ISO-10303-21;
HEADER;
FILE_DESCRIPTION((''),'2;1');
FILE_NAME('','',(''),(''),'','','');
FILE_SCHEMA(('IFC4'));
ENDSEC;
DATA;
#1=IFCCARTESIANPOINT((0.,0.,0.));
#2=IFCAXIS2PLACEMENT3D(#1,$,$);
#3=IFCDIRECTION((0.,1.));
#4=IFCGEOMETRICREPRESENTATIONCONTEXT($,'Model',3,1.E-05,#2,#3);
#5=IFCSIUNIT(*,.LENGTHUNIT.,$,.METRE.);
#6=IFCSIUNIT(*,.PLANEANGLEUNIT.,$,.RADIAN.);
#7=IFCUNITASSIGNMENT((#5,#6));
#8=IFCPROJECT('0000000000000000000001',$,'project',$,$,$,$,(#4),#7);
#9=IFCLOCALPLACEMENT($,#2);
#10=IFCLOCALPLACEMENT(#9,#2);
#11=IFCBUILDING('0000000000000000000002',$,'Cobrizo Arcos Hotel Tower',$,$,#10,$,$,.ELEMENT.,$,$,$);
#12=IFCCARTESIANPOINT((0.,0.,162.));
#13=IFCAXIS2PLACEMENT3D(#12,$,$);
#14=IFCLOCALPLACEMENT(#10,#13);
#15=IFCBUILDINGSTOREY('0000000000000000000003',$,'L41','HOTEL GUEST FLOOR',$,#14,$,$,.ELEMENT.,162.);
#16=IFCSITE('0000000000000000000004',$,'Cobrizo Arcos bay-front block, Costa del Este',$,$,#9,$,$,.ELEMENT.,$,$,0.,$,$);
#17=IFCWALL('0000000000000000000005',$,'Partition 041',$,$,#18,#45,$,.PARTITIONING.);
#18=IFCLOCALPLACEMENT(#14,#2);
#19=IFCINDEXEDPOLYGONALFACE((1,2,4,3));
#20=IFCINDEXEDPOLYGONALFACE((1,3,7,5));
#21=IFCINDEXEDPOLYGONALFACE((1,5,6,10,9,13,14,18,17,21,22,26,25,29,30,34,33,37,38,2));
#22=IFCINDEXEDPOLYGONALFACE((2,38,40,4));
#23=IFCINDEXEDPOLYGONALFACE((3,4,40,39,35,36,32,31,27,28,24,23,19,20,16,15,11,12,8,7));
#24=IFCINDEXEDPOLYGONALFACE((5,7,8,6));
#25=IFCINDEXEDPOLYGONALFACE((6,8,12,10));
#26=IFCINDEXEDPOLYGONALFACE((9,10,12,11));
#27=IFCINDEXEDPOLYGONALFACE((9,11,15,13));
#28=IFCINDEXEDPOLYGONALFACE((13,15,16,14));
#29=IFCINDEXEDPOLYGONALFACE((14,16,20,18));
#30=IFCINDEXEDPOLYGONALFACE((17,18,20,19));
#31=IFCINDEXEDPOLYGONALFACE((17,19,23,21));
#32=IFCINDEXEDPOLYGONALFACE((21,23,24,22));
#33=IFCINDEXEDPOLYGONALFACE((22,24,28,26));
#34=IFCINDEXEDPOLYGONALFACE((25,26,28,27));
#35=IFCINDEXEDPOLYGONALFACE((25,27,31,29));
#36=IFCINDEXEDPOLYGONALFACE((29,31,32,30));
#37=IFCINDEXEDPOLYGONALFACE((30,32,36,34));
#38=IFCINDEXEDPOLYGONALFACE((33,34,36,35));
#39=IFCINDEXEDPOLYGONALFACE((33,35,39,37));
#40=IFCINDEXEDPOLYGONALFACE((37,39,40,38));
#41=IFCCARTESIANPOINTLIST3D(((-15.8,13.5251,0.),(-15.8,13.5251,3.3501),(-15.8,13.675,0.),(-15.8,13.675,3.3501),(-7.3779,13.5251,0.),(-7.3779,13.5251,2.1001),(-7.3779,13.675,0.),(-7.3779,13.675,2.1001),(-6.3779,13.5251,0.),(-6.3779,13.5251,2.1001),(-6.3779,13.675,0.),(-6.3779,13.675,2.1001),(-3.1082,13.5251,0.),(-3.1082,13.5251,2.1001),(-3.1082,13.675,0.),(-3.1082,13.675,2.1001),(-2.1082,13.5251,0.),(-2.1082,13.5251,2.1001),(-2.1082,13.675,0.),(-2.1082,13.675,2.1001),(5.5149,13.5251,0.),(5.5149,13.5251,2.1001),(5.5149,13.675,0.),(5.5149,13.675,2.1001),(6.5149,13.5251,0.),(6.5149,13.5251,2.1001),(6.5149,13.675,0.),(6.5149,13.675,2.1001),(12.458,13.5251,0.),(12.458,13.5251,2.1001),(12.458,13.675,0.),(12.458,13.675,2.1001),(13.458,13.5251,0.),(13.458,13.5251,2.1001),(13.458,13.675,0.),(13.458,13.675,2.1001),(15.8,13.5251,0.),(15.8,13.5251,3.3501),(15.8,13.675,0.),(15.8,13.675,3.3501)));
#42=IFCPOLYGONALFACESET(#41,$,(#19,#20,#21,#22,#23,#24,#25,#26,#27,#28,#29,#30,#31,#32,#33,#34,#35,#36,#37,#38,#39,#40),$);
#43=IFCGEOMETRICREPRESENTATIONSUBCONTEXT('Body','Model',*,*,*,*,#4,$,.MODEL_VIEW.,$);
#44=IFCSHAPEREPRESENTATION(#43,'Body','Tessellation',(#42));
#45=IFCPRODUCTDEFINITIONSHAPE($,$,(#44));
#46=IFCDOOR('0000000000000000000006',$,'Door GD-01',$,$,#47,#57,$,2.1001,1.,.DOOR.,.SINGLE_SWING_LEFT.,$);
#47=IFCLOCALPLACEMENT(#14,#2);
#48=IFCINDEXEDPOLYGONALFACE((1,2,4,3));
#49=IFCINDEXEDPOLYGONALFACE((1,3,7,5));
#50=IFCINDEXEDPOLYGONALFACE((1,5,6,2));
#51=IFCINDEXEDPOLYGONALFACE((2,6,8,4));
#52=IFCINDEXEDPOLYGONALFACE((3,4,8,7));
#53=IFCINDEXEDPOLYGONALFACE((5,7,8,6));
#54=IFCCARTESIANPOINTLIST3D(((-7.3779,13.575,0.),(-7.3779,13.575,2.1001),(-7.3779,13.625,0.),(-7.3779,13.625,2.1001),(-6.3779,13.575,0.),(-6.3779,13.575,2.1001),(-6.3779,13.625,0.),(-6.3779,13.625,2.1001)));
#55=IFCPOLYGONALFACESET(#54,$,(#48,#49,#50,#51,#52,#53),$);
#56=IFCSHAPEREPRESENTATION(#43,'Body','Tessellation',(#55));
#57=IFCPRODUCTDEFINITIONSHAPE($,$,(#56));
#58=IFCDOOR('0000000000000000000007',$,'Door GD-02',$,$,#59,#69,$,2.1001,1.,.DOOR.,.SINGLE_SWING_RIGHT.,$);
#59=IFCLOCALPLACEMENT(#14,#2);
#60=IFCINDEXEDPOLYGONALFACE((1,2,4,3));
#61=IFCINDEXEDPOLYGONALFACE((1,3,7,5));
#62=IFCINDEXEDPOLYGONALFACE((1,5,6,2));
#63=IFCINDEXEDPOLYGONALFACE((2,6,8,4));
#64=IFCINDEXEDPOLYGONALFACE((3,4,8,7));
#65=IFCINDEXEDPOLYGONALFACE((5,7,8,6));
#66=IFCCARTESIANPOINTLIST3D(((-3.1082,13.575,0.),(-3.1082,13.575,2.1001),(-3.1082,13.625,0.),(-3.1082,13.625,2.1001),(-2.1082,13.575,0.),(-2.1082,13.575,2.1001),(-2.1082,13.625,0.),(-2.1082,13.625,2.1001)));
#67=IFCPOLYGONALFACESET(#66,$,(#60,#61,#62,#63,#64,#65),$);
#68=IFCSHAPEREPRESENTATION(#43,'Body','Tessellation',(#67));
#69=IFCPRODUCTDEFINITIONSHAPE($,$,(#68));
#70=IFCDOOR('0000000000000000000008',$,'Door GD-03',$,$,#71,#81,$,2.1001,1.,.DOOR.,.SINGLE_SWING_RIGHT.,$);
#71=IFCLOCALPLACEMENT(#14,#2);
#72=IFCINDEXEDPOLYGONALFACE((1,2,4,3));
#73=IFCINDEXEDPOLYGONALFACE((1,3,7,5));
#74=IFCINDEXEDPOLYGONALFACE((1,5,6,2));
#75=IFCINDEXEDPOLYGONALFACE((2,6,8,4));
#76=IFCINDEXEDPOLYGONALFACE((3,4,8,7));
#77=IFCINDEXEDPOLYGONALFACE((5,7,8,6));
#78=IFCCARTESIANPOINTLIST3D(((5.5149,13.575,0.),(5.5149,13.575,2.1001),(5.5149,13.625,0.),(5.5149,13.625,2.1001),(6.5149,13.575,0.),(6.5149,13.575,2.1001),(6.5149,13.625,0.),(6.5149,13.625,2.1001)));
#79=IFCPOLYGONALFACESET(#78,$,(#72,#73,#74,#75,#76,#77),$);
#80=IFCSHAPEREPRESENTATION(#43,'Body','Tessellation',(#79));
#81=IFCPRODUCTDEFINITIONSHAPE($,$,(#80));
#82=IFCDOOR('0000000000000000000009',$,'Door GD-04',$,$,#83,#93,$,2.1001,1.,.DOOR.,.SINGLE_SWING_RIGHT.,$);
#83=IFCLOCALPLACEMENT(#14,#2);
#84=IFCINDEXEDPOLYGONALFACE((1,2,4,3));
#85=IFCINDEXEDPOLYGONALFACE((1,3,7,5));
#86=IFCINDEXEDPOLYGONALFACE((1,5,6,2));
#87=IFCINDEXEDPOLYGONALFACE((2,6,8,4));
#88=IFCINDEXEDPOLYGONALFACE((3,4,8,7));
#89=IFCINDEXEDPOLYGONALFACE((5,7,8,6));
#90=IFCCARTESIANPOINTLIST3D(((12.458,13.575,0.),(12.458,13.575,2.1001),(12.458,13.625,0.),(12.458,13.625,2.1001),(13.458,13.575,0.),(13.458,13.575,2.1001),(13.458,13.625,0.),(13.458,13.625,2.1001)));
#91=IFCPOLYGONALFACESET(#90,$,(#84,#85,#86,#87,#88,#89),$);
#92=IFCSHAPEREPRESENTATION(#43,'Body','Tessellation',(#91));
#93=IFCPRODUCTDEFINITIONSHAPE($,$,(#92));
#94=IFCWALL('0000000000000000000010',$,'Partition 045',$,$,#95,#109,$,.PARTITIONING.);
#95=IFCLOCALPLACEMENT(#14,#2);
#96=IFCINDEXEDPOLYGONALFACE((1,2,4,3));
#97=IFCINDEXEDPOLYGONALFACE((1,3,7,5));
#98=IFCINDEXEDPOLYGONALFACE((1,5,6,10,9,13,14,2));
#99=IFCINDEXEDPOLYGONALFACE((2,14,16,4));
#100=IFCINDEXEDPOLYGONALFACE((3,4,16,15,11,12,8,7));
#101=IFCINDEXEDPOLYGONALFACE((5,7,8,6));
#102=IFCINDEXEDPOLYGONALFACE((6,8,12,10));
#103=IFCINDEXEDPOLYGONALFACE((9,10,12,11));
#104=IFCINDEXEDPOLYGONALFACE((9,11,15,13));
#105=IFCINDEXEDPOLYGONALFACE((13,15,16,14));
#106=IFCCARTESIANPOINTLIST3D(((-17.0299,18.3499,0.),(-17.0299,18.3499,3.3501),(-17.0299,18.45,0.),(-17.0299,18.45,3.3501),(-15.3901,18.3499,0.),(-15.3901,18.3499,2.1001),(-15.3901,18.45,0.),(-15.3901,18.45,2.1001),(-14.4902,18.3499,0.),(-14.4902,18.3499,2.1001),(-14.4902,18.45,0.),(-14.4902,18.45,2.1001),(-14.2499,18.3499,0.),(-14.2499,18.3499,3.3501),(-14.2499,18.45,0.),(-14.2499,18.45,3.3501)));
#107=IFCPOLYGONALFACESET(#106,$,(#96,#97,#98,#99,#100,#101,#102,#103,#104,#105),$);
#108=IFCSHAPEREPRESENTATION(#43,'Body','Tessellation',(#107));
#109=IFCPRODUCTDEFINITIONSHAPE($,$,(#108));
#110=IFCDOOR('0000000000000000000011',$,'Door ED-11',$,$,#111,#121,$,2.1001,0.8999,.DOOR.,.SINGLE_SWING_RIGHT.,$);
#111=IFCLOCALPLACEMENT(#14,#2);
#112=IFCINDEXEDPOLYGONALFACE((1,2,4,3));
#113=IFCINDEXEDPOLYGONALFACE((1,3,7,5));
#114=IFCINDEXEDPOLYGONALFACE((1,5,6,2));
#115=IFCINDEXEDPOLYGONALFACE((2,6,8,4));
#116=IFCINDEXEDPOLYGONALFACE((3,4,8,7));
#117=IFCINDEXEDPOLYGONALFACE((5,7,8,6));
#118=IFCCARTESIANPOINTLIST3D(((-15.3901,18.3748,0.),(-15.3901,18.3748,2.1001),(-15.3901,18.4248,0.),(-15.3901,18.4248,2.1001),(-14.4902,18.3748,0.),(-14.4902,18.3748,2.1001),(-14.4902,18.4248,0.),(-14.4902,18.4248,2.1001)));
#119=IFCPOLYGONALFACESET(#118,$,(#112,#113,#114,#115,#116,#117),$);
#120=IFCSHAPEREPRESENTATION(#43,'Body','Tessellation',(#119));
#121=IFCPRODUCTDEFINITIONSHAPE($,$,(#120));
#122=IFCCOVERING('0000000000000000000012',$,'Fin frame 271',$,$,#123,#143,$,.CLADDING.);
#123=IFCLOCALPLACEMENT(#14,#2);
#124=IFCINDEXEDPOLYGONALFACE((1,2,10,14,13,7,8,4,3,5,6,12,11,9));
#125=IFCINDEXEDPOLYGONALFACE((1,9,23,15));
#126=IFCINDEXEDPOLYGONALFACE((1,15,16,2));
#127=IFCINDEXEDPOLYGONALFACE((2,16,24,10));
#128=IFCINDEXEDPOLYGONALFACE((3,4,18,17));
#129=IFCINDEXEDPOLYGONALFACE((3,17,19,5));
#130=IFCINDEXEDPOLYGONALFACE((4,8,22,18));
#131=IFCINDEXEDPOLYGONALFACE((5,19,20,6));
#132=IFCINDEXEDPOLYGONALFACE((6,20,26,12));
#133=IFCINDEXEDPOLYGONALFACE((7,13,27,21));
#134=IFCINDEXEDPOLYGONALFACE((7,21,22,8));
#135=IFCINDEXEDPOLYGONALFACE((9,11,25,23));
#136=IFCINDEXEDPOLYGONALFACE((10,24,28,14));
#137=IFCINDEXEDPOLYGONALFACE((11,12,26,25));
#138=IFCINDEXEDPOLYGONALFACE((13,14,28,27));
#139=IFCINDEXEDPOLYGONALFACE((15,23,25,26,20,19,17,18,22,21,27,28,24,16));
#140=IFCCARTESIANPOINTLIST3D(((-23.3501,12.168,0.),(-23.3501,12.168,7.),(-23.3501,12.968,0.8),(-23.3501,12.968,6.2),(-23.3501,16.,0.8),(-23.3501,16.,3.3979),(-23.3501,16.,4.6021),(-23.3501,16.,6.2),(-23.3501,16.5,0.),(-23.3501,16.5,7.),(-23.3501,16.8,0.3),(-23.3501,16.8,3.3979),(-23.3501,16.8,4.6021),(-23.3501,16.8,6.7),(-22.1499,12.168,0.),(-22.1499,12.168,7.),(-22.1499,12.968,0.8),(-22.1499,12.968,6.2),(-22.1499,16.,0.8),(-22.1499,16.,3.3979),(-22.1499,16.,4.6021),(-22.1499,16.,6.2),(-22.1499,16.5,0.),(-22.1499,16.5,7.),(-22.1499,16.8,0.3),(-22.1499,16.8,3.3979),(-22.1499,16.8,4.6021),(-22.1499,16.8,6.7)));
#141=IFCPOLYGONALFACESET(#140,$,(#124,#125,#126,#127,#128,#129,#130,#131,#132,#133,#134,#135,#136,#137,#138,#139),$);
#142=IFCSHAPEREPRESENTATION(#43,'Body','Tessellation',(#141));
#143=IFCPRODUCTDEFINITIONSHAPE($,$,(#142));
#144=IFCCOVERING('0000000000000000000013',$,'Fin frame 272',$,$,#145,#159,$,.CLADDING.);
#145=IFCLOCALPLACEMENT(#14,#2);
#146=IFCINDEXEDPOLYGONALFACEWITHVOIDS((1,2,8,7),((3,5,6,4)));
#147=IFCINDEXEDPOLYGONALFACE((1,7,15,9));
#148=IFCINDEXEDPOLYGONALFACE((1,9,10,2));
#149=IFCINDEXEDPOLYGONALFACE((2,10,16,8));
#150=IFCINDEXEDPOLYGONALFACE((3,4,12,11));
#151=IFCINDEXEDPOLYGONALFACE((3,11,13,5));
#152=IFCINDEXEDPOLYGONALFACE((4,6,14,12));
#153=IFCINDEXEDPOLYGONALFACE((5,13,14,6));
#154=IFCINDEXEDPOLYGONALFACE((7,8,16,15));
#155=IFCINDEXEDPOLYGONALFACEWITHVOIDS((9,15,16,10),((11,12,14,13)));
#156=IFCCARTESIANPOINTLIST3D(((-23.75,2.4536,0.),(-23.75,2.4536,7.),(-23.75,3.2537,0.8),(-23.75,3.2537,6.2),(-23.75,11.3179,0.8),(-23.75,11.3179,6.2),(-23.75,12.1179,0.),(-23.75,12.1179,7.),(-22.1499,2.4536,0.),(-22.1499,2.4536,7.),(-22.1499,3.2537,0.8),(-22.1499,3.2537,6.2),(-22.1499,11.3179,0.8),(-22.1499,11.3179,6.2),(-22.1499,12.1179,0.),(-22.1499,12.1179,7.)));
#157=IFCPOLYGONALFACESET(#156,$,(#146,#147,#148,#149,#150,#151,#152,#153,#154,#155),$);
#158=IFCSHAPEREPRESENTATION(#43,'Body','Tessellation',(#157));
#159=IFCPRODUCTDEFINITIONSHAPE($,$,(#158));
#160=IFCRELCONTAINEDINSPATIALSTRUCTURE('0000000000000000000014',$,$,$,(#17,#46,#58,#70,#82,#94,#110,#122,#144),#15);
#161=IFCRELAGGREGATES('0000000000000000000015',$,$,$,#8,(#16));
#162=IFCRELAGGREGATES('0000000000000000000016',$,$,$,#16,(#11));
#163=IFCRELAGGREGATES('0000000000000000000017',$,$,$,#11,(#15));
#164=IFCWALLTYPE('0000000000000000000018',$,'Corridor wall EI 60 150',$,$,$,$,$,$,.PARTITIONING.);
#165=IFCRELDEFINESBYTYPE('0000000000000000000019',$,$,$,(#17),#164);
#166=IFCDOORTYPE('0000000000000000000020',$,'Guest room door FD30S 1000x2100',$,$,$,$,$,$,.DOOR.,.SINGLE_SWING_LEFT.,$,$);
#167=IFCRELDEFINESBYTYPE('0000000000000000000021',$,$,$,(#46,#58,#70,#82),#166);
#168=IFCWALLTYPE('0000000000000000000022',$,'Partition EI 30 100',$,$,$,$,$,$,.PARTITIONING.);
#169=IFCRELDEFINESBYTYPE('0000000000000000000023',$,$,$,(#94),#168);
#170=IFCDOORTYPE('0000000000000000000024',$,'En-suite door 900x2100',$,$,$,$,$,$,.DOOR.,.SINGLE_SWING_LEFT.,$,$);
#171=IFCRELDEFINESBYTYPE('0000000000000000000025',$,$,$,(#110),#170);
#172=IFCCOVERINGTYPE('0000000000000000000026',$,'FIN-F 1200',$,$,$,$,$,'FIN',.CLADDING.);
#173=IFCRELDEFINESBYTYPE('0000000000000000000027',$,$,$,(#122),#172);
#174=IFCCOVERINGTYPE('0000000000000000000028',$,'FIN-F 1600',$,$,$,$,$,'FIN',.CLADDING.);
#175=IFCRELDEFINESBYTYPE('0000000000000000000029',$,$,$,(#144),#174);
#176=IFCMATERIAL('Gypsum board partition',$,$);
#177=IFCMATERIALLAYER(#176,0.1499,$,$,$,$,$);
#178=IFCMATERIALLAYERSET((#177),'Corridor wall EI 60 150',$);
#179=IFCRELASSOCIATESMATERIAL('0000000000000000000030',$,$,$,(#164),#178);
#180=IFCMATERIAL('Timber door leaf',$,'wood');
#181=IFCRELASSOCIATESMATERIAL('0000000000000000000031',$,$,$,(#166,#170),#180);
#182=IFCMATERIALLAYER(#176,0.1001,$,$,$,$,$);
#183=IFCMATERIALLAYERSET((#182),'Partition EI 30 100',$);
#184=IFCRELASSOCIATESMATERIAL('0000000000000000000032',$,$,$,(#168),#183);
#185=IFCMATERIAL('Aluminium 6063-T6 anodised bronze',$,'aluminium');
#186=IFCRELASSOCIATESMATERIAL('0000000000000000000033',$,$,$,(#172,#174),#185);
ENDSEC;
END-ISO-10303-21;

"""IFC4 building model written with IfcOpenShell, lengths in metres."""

from ifc_helpers import new_model, si_unit, direction, frame, frame_2d, origin, place, context, subcontext, project, spatial, polyline, rectangle, outline, extrude, material, layer, layer_set, type_object, element, fill, save


model = new_model("IFC4")

# Units and contexts
model_context = context("Model", 3, precision=1e-05, world=origin(), true_north=direction((0.0, 1.0)))
body_context = subcontext(model_context, "Body", "Model", "MODEL_VIEW")
ifc_project = project(units=[si_unit("LENGTHUNIT", "METRE"), si_unit("PLANEANGLEUNIT", "RADIAN")], contexts=[model_context])

# Site, building, storey
site_placement = place(None, origin())
site = spatial("IfcSite", under=ifc_project, at=site_placement, Name="Cobrizo Arcos bay-front block, Costa del Este", CompositionType="ELEMENT", RefElevation=0.0)
building_placement = place(site_placement, origin())
building = spatial("IfcBuilding", under=site, at=building_placement, Name="Cobrizo Arcos Hotel Tower", CompositionType="ELEMENT")
storey_placement = place(building_placement, frame((0.0, 0.0, 162.0)))
storey = spatial("IfcBuildingStorey", under=building, at=storey_placement, Name="L41", Description="HOTEL GUEST FLOOR", CompositionType="ELEMENT", Elevation=162.0)

# Shared definitions
ifc_material_1 = material(Name="Aluminium 6063-T6 anodised bronze", Category="aluminium")

# Wall, openings, doors
ifc_material_2 = material(Name="Gypsum board partition")
ifc_layer_1 = layer(ifc_material_2, 0.1499)
ifc_layer_set_1 = layer_set([ifc_layer_1], Name="Corridor wall EI 60 150")
wall_type_1 = type_object("IfcWallType", Name="Corridor wall EI 60 150", PredefinedType="PARTITIONING", material=ifc_layer_set_1)
wall_1_placement = place(storey_placement, frame((-15.8, 13.6001, 0.0), z_axis=(0.0, 0.0, 1.0), x_axis=(1.0, 0.0, 0.0)))
wall_1 = element("IfcWall", 1, at=wall_1_placement, inside=storey, type_object=wall_type_1, Name="Partition 041", PredefinedType="PARTITIONING", context=body_context, shape_type="SweptSolid", body=[
    extrude(rectangle(XDim=31.6001, YDim=0.1499, at=frame_2d((15.8, 0.0))), origin(), (0.0, 0.0, 1.0), 3.3501),
])
opening_1_placement = place(wall_1_placement, frame((8.4221, 0.0, 0.0)))
opening_1 = element("IfcOpeningElement", 2, at=opening_1_placement, cuts=wall_1, PredefinedType="OPENING", context=body_context, shape_type="SweptSolid", body=[
    extrude(rectangle(XDim=1.0, YDim=2.1001, at=frame_2d((0.5, 1.05))), frame((0.0, 0.0869, 0.0), z_axis=(0.0, -1.0, 0.0), x_axis=(1.0, 0.0, 0.0)), (0.0, 0.0, 1.0), 0.1738),
])
opening_2_placement = place(wall_1_placement, frame((12.6919, 0.0, 0.0)))
opening_2 = element("IfcOpeningElement", 3, at=opening_2_placement, cuts=wall_1, PredefinedType="OPENING", context=body_context, shape_type="SweptSolid", body=[
    extrude(rectangle(XDim=1.0, YDim=2.1001, at=frame_2d((0.5, 1.05))), frame((0.0, 0.0869, 0.0), z_axis=(0.0, -1.0, 0.0), x_axis=(1.0, 0.0, 0.0)), (0.0, 0.0, 1.0), 0.1738),
])
opening_3_placement = place(wall_1_placement, frame((21.3149, 0.0, 0.0)))
opening_3 = element("IfcOpeningElement", 4, at=opening_3_placement, cuts=wall_1, PredefinedType="OPENING", context=body_context, shape_type="SweptSolid", body=[
    extrude(rectangle(XDim=1.0, YDim=2.1001, at=frame_2d((0.5, 1.05))), frame((0.0, 0.0869, 0.0), z_axis=(0.0, -1.0, 0.0), x_axis=(1.0, 0.0, 0.0)), (0.0, 0.0, 1.0), 0.1738),
])
opening_4_placement = place(wall_1_placement, frame((28.2581, 0.0, 0.0)))
opening_4 = element("IfcOpeningElement", 5, at=opening_4_placement, cuts=wall_1, PredefinedType="OPENING", context=body_context, shape_type="SweptSolid", body=[
    extrude(rectangle(XDim=1.0, YDim=2.1001, at=frame_2d((0.5, 1.05))), frame((0.0, 0.0869, 0.0), z_axis=(0.0, -1.0, 0.0), x_axis=(1.0, 0.0, 0.0)), (0.0, 0.0, 1.0), 0.1738),
])
ifc_material_3 = material(Name="Timber door leaf", Category="wood")
door_type_1 = type_object("IfcDoorType", Name="Guest room door FD30S 1000x2100", OperationType="SINGLE_SWING_LEFT", PredefinedType="DOOR", material=ifc_material_3)
door_1_placement = place(opening_1_placement, origin())
door_1 = element("IfcDoor", 6, at=door_1_placement, inside=storey, type_object=door_type_1, Name="Door GD-01", OperationType="SINGLE_SWING_LEFT", OverallHeight=2.1001, OverallWidth=1.0, PredefinedType="DOOR", context=body_context, shape_type="SweptSolid", body=[
    extrude(rectangle(XDim=1.0, YDim=2.1001, at=frame_2d((0.5, 1.05))), frame((0.0, 0.0249, 0.0), z_axis=(0.0, -1.0, 0.0), x_axis=(1.0, 0.0, 0.0)), (0.0, 0.0, 1.0), 0.05),
])
fill(opening_1, door_1)
door_2_placement = place(opening_2_placement, origin())
door_2 = element("IfcDoor", 7, at=door_2_placement, inside=storey, type_object=door_type_1, Name="Door GD-02", OperationType="SINGLE_SWING_RIGHT", OverallHeight=2.1001, OverallWidth=1.0, PredefinedType="DOOR", context=body_context, shape_type="SweptSolid", body=[
    extrude(rectangle(XDim=1.0, YDim=2.1001, at=frame_2d((0.5, 1.05))), frame((0.0, 0.0249, 0.0), z_axis=(0.0, -1.0, 0.0), x_axis=(1.0, 0.0, 0.0)), (0.0, 0.0, 1.0), 0.05),
])
fill(opening_2, door_2)
door_3_placement = place(opening_3_placement, origin())
door_3 = element("IfcDoor", 8, at=door_3_placement, inside=storey, type_object=door_type_1, Name="Door GD-03", OperationType="SINGLE_SWING_RIGHT", OverallHeight=2.1001, OverallWidth=1.0, PredefinedType="DOOR", context=body_context, shape_type="SweptSolid", body=[
    extrude(rectangle(XDim=1.0, YDim=2.1001, at=frame_2d((0.5, 1.05))), frame((0.0, 0.0249, 0.0), z_axis=(0.0, -1.0, 0.0), x_axis=(1.0, 0.0, 0.0)), (0.0, 0.0, 1.0), 0.05),
])
fill(opening_3, door_3)
door_4_placement = place(opening_4_placement, origin())
door_4 = element("IfcDoor", 9, at=door_4_placement, inside=storey, type_object=door_type_1, Name="Door GD-04", OperationType="SINGLE_SWING_RIGHT", OverallHeight=2.1001, OverallWidth=1.0, PredefinedType="DOOR", context=body_context, shape_type="SweptSolid", body=[
    extrude(rectangle(XDim=1.0, YDim=2.1001, at=frame_2d((0.5, 1.05))), frame((0.0, 0.0249, 0.0), z_axis=(0.0, -1.0, 0.0), x_axis=(1.0, 0.0, 0.0)), (0.0, 0.0, 1.0), 0.05),
])
fill(opening_4, door_4)

# Wall, opening, door
ifc_layer_2 = layer(ifc_material_2, 0.1001)
ifc_layer_set_2 = layer_set([ifc_layer_2], Name="Partition EI 30 100")
wall_type_2 = type_object("IfcWallType", Name="Partition EI 30 100", PredefinedType="PARTITIONING", material=ifc_layer_set_2)
wall_2_placement = place(storey_placement, frame((-17.03, 18.3999, 0.0), z_axis=(0.0, 0.0, 1.0), x_axis=(1.0, 0.0, 0.0)))
wall_2 = element("IfcWall", 10, at=wall_2_placement, inside=storey, type_object=wall_type_2, Name="Partition 045", PredefinedType="PARTITIONING", context=body_context, shape_type="SweptSolid", body=[
    extrude(rectangle(XDim=2.78, YDim=0.1001, at=frame_2d((1.3901, 0.0))), origin(), (0.0, 0.0, 1.0), 3.3501),
])
opening_5_placement = place(wall_2_placement, frame((1.6399, 0.0, 0.0)))
opening_5 = element("IfcOpeningElement", 11, at=opening_5_placement, cuts=wall_2, PredefinedType="OPENING", context=body_context, shape_type="SweptSolid", body=[
    extrude(rectangle(XDim=0.8999, YDim=2.1001, at=frame_2d((0.45, 1.05))), frame((0.0, 0.062, 0.0), z_axis=(0.0, -1.0, 0.0), x_axis=(1.0, 0.0, 0.0)), (0.0, 0.0, 1.0), 0.124),
])
door_type_2 = type_object("IfcDoorType", Name="En-suite door 900x2100", OperationType="SINGLE_SWING_LEFT", PredefinedType="DOOR", material=ifc_material_3)
door_5_placement = place(opening_5_placement, origin())
door_5 = element("IfcDoor", 12, at=door_5_placement, inside=storey, type_object=door_type_2, Name="Door ED-11", OperationType="SINGLE_SWING_RIGHT", OverallHeight=2.1001, OverallWidth=0.8999, PredefinedType="DOOR", context=body_context, shape_type="SweptSolid", body=[
    extrude(rectangle(XDim=0.8999, YDim=2.1001, at=frame_2d((0.45, 1.05))), frame((0.0, 0.0249, 0.0), z_axis=(0.0, -1.0, 0.0), x_axis=(1.0, 0.0, 0.0)), (0.0, 0.0, 1.0), 0.05),
])
fill(opening_5, door_5)

# Coverings
covering_type_1 = type_object("IfcCoveringType", Name="FIN-F 1200", ElementType="FIN", PredefinedType="CLADDING", material=ifc_material_1)
covering_1_placement = place(storey_placement, frame((-22.1499, 16.8, 0.0), z_axis=(-1.0, 0.0, 0.0), x_axis=(0.0, -1.0, 0.0)))
element("IfcCovering", 13, at=covering_1_placement, inside=storey, type_object=covering_type_1, Name="Fin frame 271", PredefinedType="CLADDING", context=body_context, shape_type="SweptSolid", body=[
    extrude(outline(polyline([(0.0, 6.7), (0.0, 4.6021), (0.8, 4.6021), (0.8, 6.2), (3.832, 6.2), (3.832, 0.8), (0.8, 0.8), (0.8, 3.3979), (0.0, 3.3979), (0.0, 0.3), (0.3, 0.0), (4.6321, 0.0), (4.6321, 7.0), (0.3, 7.0), (0.0, 6.7)])), origin(), (0.0, 0.0, 1.0), 1.2002),
])
covering_type_2 = type_object("IfcCoveringType", Name="FIN-F 1600", ElementType="FIN", PredefinedType="CLADDING", material=ifc_material_1)
covering_2_placement = place(storey_placement, frame((-22.1499, 12.1179, 0.0), z_axis=(-1.0, 0.0, 0.0), x_axis=(0.0, -1.0, 0.0)))
element("IfcCovering", 14, at=covering_2_placement, inside=storey, type_object=covering_type_2, Name="Fin frame 272", PredefinedType="CLADDING", context=body_context, shape_type="SweptSolid", body=[
    extrude(outline(polyline([(0.0, 7.0), (0.0, 0.0), (9.6643, 0.0), (9.6643, 7.0), (0.0, 7.0)]), holes=[polyline([(8.8643, 0.8), (0.8, 0.8), (0.8, 6.2), (8.8643, 6.2), (8.8643, 0.8)])]), origin(), (0.0, 0.0, 1.0), 1.6001),
])

save(model, "model.ifc")
